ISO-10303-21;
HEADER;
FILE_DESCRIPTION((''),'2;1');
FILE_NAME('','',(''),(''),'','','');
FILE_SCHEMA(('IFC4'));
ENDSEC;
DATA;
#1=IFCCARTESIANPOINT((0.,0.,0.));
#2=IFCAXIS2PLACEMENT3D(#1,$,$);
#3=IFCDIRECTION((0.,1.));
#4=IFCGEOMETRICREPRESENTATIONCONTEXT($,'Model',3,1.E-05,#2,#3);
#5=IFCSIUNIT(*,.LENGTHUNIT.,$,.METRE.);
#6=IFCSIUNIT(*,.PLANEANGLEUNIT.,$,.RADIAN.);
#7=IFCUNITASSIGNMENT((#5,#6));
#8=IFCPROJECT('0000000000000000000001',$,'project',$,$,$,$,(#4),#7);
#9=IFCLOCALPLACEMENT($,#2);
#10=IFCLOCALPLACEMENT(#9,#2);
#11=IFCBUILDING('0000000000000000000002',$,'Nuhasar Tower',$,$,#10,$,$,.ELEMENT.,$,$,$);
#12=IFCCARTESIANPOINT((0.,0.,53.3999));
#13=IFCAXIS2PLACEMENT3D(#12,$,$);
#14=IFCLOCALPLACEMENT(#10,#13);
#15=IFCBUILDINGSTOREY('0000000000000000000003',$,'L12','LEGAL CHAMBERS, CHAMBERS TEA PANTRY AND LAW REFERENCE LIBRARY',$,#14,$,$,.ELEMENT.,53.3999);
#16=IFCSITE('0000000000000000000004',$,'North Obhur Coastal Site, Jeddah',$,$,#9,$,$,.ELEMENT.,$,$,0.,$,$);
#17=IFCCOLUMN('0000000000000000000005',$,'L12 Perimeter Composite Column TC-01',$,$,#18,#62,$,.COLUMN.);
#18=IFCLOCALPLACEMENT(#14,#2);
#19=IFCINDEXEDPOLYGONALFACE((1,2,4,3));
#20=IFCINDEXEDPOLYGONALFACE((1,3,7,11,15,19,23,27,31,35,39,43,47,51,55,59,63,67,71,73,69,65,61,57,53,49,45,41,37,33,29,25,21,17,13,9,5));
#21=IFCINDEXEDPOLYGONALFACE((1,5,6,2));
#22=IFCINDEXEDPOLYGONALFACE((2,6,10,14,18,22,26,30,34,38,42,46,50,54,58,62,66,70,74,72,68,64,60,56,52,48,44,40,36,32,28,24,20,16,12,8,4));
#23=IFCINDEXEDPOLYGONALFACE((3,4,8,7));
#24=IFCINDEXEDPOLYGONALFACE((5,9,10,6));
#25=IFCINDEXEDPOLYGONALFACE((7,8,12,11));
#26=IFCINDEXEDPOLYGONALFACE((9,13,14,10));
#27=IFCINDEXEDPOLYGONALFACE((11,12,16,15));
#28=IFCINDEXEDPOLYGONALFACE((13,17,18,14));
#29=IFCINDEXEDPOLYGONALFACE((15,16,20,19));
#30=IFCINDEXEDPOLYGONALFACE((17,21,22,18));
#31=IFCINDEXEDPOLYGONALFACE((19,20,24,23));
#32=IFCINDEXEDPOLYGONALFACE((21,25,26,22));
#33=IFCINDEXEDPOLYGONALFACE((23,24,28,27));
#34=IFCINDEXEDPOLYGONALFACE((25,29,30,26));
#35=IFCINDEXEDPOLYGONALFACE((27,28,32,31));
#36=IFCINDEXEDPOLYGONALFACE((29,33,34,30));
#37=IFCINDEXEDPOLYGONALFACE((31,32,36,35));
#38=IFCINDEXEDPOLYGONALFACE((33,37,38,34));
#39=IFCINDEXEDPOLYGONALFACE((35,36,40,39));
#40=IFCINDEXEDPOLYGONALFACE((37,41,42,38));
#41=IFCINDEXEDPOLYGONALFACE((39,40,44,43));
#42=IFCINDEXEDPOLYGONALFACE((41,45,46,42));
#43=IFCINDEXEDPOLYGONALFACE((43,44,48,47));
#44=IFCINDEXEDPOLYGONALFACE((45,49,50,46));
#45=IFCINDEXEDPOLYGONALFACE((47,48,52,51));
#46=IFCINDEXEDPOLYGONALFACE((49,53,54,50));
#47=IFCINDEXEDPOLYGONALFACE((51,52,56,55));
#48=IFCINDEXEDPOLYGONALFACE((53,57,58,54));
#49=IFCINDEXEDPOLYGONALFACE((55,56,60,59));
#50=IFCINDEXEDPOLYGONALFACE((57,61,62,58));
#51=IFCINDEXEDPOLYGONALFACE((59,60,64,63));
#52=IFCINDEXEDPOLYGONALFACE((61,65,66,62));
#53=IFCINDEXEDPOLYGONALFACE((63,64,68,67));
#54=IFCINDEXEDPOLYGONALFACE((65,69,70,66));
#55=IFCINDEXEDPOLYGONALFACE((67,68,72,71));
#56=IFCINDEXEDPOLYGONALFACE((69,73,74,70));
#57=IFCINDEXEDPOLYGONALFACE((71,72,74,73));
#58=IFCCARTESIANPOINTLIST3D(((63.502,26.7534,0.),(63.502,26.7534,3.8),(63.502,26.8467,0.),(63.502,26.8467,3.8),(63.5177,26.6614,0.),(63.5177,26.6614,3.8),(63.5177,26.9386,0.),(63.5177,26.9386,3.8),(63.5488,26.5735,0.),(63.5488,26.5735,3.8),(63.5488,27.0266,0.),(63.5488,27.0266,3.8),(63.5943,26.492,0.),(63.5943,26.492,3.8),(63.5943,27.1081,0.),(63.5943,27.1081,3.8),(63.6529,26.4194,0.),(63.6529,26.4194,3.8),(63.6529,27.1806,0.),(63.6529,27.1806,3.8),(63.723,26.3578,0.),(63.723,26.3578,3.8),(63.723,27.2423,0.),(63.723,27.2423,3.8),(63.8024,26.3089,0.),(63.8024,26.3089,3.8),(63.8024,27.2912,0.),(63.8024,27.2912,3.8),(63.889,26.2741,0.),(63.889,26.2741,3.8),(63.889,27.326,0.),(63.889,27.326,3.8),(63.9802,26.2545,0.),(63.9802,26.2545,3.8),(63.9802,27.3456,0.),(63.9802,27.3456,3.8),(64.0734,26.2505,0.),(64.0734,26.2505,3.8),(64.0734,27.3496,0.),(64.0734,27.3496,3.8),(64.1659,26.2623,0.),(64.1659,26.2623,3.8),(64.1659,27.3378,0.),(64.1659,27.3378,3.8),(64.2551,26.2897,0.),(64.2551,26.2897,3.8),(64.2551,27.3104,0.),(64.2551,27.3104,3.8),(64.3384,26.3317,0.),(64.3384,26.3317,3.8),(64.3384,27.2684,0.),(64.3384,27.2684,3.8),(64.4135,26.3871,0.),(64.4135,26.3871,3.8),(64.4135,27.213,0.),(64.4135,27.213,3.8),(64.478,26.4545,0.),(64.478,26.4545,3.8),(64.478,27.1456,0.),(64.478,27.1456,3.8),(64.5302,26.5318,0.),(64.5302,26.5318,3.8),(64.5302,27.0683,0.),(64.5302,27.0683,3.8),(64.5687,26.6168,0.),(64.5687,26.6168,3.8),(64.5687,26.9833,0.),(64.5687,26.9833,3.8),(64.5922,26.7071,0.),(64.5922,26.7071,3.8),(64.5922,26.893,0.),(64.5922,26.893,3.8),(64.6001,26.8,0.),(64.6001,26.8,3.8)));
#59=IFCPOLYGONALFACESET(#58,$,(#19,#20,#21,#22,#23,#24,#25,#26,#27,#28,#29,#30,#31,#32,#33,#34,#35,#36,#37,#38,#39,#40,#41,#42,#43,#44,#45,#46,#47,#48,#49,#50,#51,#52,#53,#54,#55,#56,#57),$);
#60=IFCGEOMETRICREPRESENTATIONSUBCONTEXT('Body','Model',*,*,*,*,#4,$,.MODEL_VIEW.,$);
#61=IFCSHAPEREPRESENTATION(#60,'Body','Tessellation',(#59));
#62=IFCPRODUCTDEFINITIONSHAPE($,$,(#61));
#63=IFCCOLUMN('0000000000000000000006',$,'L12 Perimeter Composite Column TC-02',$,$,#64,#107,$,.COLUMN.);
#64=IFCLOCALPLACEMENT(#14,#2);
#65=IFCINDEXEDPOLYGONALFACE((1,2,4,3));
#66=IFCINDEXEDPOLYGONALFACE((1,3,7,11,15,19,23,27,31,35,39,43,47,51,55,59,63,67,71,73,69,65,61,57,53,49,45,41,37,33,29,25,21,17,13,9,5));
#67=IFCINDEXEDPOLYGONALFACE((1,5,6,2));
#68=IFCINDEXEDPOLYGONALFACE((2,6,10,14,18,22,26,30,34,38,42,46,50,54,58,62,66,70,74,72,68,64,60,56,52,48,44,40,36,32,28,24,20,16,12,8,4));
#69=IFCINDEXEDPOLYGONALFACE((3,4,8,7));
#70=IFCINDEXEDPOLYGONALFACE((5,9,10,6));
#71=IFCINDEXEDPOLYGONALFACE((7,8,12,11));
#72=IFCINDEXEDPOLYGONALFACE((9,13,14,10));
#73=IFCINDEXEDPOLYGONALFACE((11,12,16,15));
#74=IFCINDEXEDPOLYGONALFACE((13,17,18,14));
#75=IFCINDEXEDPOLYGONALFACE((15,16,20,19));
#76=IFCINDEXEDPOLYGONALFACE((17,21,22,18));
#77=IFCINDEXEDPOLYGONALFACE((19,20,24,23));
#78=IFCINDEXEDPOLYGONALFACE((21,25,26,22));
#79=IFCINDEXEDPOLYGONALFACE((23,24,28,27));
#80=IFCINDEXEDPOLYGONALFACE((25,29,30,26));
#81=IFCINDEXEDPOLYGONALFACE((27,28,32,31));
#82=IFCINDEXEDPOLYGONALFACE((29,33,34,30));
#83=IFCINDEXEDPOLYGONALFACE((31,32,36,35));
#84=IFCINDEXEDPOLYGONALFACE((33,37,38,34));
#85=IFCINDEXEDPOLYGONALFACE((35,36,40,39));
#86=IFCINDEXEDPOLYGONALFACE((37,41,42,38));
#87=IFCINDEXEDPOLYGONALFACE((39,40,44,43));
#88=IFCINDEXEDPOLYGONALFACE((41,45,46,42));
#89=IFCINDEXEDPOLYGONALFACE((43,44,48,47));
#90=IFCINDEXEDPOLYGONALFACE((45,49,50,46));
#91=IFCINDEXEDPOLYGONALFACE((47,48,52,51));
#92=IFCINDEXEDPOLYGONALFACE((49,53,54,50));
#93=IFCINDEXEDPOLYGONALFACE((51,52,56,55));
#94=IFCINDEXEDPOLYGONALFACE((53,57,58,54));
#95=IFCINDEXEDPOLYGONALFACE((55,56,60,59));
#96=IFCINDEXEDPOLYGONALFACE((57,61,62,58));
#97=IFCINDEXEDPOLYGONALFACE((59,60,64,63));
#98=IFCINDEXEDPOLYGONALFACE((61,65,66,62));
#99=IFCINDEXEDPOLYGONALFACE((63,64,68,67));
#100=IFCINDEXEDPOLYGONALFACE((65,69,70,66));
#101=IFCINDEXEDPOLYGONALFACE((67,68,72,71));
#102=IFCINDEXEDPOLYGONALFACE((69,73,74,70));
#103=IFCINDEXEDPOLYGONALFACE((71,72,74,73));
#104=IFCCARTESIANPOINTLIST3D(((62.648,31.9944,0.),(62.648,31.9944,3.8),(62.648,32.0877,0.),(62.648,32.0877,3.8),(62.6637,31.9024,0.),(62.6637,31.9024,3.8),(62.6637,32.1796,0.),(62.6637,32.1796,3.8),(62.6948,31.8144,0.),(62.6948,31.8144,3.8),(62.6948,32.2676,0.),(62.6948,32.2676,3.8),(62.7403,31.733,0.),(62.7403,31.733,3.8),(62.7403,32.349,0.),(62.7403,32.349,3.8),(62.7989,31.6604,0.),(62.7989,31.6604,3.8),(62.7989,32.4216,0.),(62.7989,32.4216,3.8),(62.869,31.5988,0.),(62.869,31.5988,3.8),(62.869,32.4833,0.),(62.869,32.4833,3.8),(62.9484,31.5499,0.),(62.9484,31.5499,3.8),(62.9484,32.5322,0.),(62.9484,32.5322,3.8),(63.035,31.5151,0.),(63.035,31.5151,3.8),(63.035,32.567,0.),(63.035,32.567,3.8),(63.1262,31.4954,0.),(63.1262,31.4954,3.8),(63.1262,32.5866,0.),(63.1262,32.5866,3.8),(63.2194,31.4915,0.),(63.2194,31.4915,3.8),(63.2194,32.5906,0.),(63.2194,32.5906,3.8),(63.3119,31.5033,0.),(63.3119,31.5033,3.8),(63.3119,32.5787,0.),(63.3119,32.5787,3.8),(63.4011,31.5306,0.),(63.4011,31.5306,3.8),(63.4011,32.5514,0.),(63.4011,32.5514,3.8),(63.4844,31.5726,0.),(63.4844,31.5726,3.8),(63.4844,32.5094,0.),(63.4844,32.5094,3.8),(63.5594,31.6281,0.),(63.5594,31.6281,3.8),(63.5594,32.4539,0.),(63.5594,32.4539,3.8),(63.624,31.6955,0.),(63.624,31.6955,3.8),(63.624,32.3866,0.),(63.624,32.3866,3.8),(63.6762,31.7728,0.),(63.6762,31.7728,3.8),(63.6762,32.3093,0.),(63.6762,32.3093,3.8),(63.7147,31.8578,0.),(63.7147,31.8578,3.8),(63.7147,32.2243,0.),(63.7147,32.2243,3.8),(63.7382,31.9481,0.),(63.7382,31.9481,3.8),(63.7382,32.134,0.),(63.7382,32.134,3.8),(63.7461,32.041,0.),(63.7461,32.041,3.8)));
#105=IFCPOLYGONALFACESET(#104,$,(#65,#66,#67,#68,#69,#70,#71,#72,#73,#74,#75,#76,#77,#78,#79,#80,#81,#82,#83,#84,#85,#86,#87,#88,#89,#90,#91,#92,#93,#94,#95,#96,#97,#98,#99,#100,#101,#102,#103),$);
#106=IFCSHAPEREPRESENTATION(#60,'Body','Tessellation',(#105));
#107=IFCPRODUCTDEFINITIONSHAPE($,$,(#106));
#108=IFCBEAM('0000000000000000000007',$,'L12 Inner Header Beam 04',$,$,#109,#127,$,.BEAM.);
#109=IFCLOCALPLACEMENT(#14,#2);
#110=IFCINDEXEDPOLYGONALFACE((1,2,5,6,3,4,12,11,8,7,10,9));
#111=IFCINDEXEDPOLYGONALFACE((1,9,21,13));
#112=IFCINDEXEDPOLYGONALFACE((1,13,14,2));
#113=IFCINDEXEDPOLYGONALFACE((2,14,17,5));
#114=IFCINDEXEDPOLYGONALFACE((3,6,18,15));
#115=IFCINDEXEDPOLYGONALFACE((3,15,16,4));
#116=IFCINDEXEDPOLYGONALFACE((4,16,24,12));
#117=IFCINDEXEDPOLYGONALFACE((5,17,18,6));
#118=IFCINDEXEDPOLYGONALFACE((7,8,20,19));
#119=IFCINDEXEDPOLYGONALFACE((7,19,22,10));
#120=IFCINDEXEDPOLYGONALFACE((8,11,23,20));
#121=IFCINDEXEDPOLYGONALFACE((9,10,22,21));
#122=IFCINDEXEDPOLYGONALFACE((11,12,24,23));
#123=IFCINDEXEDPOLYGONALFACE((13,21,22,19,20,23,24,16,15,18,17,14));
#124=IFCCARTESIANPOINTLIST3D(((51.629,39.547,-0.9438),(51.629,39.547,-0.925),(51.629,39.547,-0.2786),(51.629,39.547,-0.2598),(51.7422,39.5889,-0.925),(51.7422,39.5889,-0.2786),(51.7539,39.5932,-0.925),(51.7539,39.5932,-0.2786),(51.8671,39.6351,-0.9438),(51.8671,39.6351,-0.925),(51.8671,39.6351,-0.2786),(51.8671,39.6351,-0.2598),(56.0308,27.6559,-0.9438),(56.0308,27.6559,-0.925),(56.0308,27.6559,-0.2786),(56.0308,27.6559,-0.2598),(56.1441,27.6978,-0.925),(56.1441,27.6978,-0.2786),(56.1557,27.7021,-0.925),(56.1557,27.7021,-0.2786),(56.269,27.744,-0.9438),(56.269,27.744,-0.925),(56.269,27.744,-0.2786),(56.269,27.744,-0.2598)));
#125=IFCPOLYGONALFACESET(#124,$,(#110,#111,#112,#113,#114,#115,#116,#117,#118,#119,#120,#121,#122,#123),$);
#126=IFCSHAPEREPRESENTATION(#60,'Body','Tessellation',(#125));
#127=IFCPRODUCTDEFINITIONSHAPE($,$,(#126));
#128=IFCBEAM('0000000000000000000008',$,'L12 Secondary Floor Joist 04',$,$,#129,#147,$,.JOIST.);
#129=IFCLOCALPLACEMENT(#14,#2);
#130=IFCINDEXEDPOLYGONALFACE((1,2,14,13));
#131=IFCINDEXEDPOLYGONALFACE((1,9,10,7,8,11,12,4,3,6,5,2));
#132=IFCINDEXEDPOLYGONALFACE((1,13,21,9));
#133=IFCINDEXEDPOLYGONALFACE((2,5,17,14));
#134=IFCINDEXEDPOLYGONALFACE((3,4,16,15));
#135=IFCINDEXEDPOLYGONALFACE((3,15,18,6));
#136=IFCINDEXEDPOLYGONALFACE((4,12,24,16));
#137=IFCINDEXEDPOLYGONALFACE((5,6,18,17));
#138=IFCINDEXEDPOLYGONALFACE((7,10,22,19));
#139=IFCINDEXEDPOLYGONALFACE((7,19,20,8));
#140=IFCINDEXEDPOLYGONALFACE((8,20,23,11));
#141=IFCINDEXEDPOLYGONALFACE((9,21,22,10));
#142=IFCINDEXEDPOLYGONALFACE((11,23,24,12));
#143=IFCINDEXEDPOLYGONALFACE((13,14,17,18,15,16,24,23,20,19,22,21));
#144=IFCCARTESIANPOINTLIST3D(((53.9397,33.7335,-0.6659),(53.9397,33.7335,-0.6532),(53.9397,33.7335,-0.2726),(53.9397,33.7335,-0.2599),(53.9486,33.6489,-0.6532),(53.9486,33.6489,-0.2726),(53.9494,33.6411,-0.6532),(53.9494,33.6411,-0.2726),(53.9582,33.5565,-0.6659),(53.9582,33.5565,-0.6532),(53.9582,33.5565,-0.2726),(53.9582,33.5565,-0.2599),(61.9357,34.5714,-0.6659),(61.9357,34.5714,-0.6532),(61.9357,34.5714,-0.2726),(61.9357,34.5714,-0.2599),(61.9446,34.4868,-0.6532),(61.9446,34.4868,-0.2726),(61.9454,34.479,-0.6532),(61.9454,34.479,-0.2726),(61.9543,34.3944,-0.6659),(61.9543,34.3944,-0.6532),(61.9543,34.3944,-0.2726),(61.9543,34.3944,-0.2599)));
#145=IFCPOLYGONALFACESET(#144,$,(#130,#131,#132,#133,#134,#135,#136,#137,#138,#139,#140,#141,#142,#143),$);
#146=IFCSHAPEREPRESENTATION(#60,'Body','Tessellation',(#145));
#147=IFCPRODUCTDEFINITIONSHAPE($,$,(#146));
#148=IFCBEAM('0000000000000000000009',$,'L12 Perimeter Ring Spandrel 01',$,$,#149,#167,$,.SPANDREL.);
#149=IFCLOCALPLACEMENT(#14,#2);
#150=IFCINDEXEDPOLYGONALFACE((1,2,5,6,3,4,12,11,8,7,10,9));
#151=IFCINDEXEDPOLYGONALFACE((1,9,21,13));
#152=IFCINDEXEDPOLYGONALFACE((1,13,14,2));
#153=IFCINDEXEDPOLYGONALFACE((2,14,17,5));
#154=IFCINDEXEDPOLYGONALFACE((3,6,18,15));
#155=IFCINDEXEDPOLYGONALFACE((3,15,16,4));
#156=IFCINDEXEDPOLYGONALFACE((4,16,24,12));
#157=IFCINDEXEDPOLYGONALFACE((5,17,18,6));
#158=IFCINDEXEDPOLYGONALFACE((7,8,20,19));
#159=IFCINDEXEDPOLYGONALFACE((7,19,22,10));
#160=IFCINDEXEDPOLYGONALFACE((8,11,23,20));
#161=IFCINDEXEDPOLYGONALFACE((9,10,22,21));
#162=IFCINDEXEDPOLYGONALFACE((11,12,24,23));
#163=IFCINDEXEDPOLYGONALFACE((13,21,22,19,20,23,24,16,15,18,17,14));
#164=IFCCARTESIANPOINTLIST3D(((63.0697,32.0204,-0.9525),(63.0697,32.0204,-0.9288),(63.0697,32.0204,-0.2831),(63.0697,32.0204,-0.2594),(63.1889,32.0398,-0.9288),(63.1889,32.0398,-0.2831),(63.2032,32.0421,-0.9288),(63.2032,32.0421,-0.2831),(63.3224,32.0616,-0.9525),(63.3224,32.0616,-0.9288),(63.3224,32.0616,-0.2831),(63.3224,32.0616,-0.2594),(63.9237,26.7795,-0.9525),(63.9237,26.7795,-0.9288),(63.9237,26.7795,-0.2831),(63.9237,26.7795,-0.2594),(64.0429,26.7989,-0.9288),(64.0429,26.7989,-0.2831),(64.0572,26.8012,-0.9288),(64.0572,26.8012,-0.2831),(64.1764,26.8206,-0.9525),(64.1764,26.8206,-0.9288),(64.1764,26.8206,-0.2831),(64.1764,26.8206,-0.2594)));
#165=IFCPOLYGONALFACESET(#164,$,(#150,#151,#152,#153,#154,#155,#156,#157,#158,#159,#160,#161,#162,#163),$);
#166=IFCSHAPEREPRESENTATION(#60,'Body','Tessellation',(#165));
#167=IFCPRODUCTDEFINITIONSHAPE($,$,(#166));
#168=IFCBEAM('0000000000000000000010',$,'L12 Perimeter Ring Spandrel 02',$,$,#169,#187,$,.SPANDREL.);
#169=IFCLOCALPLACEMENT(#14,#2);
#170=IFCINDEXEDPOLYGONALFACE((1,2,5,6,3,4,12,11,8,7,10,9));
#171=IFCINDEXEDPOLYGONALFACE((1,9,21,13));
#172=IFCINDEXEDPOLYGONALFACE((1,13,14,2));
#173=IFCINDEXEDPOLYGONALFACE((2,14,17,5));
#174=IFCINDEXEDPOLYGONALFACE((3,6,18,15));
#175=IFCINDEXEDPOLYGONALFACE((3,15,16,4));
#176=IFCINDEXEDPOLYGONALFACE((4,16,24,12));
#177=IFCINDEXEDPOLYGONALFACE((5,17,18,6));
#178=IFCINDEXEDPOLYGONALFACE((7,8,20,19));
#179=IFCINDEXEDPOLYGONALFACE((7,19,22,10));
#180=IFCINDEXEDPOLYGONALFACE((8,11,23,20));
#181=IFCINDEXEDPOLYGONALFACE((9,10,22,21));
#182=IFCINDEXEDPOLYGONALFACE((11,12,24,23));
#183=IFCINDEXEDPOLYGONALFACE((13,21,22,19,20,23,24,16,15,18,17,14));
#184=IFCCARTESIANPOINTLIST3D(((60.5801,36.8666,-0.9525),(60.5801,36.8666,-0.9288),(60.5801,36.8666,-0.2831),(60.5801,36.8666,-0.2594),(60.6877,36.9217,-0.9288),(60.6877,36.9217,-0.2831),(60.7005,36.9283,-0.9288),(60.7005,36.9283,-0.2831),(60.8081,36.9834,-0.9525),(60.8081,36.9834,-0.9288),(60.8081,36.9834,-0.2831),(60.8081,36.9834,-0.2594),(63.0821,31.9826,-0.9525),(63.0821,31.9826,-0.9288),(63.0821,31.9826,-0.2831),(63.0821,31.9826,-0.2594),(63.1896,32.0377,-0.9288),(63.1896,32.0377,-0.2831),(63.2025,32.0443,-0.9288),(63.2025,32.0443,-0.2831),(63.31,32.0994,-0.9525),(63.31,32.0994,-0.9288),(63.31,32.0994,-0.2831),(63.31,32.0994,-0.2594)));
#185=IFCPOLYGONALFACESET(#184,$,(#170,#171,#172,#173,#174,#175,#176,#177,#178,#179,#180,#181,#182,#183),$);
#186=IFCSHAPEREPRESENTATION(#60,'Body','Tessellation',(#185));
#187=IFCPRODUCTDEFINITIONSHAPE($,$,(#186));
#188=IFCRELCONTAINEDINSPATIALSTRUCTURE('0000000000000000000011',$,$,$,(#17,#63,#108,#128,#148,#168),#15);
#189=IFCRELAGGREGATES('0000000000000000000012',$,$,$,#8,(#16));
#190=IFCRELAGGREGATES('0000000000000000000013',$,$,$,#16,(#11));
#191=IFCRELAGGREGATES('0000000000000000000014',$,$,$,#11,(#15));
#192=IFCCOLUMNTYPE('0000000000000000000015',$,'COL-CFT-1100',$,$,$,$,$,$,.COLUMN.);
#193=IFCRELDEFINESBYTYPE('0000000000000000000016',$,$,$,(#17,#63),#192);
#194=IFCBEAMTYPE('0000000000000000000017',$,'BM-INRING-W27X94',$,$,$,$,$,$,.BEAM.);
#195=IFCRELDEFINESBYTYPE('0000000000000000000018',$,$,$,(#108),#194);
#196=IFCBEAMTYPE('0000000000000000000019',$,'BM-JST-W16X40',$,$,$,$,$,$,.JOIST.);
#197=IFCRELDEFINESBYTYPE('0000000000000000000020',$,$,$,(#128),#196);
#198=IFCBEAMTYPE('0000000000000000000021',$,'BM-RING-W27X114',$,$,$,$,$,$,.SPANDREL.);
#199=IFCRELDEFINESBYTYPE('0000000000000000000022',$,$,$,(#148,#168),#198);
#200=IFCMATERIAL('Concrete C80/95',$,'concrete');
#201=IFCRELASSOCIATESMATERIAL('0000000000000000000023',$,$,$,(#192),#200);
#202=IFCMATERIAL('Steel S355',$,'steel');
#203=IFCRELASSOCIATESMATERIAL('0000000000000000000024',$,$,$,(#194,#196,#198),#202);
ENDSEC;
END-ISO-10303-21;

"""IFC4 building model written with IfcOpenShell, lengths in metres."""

from ifc_helpers import new_model, si_unit, direction, frame, origin, origin_2d, place, context, subcontext, project, spatial, circle, i_section, extrude, material, material_profile, profile_set, type_object, element, save


model = new_model("IFC4")

# Units and contexts
model_context = context("Model", 3, precision=1e-05, world=origin(), true_north=direction((0.0, 1.0)))
body_context = subcontext(model_context, "Body", "Model", "MODEL_VIEW")
ifc_project = project(units=[si_unit("LENGTHUNIT", "METRE"), si_unit("PLANEANGLEUNIT", "RADIAN")], contexts=[model_context])

# Site, building, storey
site_placement = place(None, origin())
site = spatial("IfcSite", under=ifc_project, at=site_placement, Name="North Obhur Coastal Site, Jeddah", CompositionType="ELEMENT", RefElevation=0.0)
building_placement = place(site_placement, origin())
building = spatial("IfcBuilding", under=site, at=building_placement, Name="Nuhasar Tower", CompositionType="ELEMENT")
storey_placement = place(building_placement, frame((0.0, 0.0, 53.3999)))
storey = spatial("IfcBuildingStorey", under=building, at=storey_placement, Name="L12", Description="LEGAL CHAMBERS, CHAMBERS TEA PANTRY AND LAW REFERENCE LIBRARY", CompositionType="ELEMENT", Elevation=53.3999)

# Columns
ifc_material_1 = material(Name="Concrete C80/95", Category="concrete")
ifc_material_profile_1 = material_profile(ifc_material_1, circle(Radius=0.55, at=origin_2d()), Name="CFT1100")
ifc_profile_set_1 = profile_set([ifc_material_profile_1], Name="Concrete C80/95")
column_type = type_object("IfcColumnType", Name="COL-CFT-1100", PredefinedType="COLUMN", material=ifc_profile_set_1)
for number, where, z_axis, x_axis, name in (
    (1, (64.05, 26.8, 0.0), (0.0, 0.0, 1.0), (1.0, 0.0, 0.0), "L12 Perimeter Composite Column TC-01"),
    (2, (63.196, 32.041, 0.0), (0.0, 0.0, 1.0), (1.0, 0.0, 0.0), "L12 Perimeter Composite Column TC-02"),
):
    element("IfcColumn", number, at=place(storey_placement, frame(where, z_axis=z_axis, x_axis=x_axis)), inside=storey, type_object=column_type, Name=name, PredefinedType="COLUMN", context=body_context, shape_type="SweptSolid", body=[
        extrude(circle(Radius=0.55, at=origin_2d()), origin(), (0.0, 0.0, 1.0), 3.8),
    ])

# Beams
ifc_material_2 = material(Name="Steel S355", Category="steel")
ifc_material_profile_2 = material_profile(ifc_material_2, i_section(OverallWidth=0.2539, OverallDepth=0.6841, WebThickness=0.0125, FlangeThickness=0.0188, at=origin_2d()), Name="W27X94")
ifc_profile_set_2 = profile_set([ifc_material_profile_2], Name="Steel S355")
beam_type_1 = type_object("IfcBeamType", Name="BM-INRING-W27X94", PredefinedType="BEAM", material=ifc_profile_set_2)
beam_1_placement = place(storey_placement, frame((56.1499, 27.7, -0.6018), z_axis=(-0.347158, 0.937807, 0.0), x_axis=(-0.937807, -0.347158, 0.0)))
element("IfcBeam", 3, at=beam_1_placement, inside=storey, type_object=beam_type_1, Name="L12 Inner Header Beam 04", PredefinedType="BEAM", context=body_context, shape_type="SweptSolid", body=[
    extrude(i_section(OverallWidth=0.2539, OverallDepth=0.6841, WebThickness=0.0125, FlangeThickness=0.0188, at=origin_2d()), origin(), (0.0, 0.0, 1.0), 12.6797),
])
ifc_material_profile_3 = material_profile(ifc_material_2, i_section(OverallWidth=0.178, OverallDepth=0.406, WebThickness=0.0078, FlangeThickness=0.0127, at=origin_2d()), Name="W16X40")
ifc_profile_set_3 = profile_set([ifc_material_profile_3], Name="Steel S355")
beam_type_2 = type_object("IfcBeamType", Name="BM-JST-W16X40", PredefinedType="JOIST", material=ifc_profile_set_3)
beam_2_placement = place(storey_placement, frame((53.949, 33.645, -0.4629), z_axis=(0.994555, 0.104217, 0.0), x_axis=(-0.104217, 0.994555, 0.0)))
element("IfcBeam", 4, at=beam_2_placement, inside=storey, type_object=beam_type_2, Name="L12 Secondary Floor Joist 04", PredefinedType="JOIST", context=body_context, shape_type="SweptSolid", body=[
    extrude(i_section(OverallWidth=0.178, OverallDepth=0.406, WebThickness=0.0078, FlangeThickness=0.0127, at=origin_2d()), origin(), (0.0, 0.0, 1.0), 8.0398),
])
ifc_material_profile_4 = material_profile(ifc_material_2, i_section(OverallWidth=0.2561, OverallDepth=0.6931, WebThickness=0.0144, FlangeThickness=0.0237, at=origin_2d()), Name="W27X114")
ifc_profile_set_4 = profile_set([ifc_material_profile_4], Name="Steel S355")
beam_type_3 = type_object("IfcBeamType", Name="BM-RING-W27X114", PredefinedType="SPANDREL", material=ifc_profile_set_4)
beam_3_placement = place(storey_placement, frame((64.05, 26.8, -0.606), z_axis=(-0.160827, 0.986983, 0.0), x_axis=(-0.986983, -0.160827, 0.0)))
element("IfcBeam", 5, at=beam_3_placement, inside=storey, type_object=beam_type_3, Name="L12 Perimeter Ring Spandrel 01", PredefinedType="SPANDREL", context=body_context, shape_type="SweptSolid", body=[
    extrude(i_section(OverallWidth=0.2561, OverallDepth=0.6931, WebThickness=0.0144, FlangeThickness=0.0237, at=origin_2d()), origin(), (0.0, 0.0, 1.0), 5.3101),
])
beam_4_placement = place(storey_placement, frame((63.196, 32.041, -0.606), z_axis=(-0.45593, 0.890016, 0.0), x_axis=(-0.890016, -0.45593, 0.0)))
element("IfcBeam", 6, at=beam_4_placement, inside=storey, type_object=beam_type_3, Name="L12 Perimeter Ring Spandrel 02", PredefinedType="SPANDREL", context=body_context, shape_type="SweptSolid", body=[
    extrude(i_section(OverallWidth=0.2561, OverallDepth=0.6931, WebThickness=0.0144, FlangeThickness=0.0237, at=origin_2d()), origin(), (0.0, 0.0, 1.0), 5.4875),
])

save(model, "model.ifc")
